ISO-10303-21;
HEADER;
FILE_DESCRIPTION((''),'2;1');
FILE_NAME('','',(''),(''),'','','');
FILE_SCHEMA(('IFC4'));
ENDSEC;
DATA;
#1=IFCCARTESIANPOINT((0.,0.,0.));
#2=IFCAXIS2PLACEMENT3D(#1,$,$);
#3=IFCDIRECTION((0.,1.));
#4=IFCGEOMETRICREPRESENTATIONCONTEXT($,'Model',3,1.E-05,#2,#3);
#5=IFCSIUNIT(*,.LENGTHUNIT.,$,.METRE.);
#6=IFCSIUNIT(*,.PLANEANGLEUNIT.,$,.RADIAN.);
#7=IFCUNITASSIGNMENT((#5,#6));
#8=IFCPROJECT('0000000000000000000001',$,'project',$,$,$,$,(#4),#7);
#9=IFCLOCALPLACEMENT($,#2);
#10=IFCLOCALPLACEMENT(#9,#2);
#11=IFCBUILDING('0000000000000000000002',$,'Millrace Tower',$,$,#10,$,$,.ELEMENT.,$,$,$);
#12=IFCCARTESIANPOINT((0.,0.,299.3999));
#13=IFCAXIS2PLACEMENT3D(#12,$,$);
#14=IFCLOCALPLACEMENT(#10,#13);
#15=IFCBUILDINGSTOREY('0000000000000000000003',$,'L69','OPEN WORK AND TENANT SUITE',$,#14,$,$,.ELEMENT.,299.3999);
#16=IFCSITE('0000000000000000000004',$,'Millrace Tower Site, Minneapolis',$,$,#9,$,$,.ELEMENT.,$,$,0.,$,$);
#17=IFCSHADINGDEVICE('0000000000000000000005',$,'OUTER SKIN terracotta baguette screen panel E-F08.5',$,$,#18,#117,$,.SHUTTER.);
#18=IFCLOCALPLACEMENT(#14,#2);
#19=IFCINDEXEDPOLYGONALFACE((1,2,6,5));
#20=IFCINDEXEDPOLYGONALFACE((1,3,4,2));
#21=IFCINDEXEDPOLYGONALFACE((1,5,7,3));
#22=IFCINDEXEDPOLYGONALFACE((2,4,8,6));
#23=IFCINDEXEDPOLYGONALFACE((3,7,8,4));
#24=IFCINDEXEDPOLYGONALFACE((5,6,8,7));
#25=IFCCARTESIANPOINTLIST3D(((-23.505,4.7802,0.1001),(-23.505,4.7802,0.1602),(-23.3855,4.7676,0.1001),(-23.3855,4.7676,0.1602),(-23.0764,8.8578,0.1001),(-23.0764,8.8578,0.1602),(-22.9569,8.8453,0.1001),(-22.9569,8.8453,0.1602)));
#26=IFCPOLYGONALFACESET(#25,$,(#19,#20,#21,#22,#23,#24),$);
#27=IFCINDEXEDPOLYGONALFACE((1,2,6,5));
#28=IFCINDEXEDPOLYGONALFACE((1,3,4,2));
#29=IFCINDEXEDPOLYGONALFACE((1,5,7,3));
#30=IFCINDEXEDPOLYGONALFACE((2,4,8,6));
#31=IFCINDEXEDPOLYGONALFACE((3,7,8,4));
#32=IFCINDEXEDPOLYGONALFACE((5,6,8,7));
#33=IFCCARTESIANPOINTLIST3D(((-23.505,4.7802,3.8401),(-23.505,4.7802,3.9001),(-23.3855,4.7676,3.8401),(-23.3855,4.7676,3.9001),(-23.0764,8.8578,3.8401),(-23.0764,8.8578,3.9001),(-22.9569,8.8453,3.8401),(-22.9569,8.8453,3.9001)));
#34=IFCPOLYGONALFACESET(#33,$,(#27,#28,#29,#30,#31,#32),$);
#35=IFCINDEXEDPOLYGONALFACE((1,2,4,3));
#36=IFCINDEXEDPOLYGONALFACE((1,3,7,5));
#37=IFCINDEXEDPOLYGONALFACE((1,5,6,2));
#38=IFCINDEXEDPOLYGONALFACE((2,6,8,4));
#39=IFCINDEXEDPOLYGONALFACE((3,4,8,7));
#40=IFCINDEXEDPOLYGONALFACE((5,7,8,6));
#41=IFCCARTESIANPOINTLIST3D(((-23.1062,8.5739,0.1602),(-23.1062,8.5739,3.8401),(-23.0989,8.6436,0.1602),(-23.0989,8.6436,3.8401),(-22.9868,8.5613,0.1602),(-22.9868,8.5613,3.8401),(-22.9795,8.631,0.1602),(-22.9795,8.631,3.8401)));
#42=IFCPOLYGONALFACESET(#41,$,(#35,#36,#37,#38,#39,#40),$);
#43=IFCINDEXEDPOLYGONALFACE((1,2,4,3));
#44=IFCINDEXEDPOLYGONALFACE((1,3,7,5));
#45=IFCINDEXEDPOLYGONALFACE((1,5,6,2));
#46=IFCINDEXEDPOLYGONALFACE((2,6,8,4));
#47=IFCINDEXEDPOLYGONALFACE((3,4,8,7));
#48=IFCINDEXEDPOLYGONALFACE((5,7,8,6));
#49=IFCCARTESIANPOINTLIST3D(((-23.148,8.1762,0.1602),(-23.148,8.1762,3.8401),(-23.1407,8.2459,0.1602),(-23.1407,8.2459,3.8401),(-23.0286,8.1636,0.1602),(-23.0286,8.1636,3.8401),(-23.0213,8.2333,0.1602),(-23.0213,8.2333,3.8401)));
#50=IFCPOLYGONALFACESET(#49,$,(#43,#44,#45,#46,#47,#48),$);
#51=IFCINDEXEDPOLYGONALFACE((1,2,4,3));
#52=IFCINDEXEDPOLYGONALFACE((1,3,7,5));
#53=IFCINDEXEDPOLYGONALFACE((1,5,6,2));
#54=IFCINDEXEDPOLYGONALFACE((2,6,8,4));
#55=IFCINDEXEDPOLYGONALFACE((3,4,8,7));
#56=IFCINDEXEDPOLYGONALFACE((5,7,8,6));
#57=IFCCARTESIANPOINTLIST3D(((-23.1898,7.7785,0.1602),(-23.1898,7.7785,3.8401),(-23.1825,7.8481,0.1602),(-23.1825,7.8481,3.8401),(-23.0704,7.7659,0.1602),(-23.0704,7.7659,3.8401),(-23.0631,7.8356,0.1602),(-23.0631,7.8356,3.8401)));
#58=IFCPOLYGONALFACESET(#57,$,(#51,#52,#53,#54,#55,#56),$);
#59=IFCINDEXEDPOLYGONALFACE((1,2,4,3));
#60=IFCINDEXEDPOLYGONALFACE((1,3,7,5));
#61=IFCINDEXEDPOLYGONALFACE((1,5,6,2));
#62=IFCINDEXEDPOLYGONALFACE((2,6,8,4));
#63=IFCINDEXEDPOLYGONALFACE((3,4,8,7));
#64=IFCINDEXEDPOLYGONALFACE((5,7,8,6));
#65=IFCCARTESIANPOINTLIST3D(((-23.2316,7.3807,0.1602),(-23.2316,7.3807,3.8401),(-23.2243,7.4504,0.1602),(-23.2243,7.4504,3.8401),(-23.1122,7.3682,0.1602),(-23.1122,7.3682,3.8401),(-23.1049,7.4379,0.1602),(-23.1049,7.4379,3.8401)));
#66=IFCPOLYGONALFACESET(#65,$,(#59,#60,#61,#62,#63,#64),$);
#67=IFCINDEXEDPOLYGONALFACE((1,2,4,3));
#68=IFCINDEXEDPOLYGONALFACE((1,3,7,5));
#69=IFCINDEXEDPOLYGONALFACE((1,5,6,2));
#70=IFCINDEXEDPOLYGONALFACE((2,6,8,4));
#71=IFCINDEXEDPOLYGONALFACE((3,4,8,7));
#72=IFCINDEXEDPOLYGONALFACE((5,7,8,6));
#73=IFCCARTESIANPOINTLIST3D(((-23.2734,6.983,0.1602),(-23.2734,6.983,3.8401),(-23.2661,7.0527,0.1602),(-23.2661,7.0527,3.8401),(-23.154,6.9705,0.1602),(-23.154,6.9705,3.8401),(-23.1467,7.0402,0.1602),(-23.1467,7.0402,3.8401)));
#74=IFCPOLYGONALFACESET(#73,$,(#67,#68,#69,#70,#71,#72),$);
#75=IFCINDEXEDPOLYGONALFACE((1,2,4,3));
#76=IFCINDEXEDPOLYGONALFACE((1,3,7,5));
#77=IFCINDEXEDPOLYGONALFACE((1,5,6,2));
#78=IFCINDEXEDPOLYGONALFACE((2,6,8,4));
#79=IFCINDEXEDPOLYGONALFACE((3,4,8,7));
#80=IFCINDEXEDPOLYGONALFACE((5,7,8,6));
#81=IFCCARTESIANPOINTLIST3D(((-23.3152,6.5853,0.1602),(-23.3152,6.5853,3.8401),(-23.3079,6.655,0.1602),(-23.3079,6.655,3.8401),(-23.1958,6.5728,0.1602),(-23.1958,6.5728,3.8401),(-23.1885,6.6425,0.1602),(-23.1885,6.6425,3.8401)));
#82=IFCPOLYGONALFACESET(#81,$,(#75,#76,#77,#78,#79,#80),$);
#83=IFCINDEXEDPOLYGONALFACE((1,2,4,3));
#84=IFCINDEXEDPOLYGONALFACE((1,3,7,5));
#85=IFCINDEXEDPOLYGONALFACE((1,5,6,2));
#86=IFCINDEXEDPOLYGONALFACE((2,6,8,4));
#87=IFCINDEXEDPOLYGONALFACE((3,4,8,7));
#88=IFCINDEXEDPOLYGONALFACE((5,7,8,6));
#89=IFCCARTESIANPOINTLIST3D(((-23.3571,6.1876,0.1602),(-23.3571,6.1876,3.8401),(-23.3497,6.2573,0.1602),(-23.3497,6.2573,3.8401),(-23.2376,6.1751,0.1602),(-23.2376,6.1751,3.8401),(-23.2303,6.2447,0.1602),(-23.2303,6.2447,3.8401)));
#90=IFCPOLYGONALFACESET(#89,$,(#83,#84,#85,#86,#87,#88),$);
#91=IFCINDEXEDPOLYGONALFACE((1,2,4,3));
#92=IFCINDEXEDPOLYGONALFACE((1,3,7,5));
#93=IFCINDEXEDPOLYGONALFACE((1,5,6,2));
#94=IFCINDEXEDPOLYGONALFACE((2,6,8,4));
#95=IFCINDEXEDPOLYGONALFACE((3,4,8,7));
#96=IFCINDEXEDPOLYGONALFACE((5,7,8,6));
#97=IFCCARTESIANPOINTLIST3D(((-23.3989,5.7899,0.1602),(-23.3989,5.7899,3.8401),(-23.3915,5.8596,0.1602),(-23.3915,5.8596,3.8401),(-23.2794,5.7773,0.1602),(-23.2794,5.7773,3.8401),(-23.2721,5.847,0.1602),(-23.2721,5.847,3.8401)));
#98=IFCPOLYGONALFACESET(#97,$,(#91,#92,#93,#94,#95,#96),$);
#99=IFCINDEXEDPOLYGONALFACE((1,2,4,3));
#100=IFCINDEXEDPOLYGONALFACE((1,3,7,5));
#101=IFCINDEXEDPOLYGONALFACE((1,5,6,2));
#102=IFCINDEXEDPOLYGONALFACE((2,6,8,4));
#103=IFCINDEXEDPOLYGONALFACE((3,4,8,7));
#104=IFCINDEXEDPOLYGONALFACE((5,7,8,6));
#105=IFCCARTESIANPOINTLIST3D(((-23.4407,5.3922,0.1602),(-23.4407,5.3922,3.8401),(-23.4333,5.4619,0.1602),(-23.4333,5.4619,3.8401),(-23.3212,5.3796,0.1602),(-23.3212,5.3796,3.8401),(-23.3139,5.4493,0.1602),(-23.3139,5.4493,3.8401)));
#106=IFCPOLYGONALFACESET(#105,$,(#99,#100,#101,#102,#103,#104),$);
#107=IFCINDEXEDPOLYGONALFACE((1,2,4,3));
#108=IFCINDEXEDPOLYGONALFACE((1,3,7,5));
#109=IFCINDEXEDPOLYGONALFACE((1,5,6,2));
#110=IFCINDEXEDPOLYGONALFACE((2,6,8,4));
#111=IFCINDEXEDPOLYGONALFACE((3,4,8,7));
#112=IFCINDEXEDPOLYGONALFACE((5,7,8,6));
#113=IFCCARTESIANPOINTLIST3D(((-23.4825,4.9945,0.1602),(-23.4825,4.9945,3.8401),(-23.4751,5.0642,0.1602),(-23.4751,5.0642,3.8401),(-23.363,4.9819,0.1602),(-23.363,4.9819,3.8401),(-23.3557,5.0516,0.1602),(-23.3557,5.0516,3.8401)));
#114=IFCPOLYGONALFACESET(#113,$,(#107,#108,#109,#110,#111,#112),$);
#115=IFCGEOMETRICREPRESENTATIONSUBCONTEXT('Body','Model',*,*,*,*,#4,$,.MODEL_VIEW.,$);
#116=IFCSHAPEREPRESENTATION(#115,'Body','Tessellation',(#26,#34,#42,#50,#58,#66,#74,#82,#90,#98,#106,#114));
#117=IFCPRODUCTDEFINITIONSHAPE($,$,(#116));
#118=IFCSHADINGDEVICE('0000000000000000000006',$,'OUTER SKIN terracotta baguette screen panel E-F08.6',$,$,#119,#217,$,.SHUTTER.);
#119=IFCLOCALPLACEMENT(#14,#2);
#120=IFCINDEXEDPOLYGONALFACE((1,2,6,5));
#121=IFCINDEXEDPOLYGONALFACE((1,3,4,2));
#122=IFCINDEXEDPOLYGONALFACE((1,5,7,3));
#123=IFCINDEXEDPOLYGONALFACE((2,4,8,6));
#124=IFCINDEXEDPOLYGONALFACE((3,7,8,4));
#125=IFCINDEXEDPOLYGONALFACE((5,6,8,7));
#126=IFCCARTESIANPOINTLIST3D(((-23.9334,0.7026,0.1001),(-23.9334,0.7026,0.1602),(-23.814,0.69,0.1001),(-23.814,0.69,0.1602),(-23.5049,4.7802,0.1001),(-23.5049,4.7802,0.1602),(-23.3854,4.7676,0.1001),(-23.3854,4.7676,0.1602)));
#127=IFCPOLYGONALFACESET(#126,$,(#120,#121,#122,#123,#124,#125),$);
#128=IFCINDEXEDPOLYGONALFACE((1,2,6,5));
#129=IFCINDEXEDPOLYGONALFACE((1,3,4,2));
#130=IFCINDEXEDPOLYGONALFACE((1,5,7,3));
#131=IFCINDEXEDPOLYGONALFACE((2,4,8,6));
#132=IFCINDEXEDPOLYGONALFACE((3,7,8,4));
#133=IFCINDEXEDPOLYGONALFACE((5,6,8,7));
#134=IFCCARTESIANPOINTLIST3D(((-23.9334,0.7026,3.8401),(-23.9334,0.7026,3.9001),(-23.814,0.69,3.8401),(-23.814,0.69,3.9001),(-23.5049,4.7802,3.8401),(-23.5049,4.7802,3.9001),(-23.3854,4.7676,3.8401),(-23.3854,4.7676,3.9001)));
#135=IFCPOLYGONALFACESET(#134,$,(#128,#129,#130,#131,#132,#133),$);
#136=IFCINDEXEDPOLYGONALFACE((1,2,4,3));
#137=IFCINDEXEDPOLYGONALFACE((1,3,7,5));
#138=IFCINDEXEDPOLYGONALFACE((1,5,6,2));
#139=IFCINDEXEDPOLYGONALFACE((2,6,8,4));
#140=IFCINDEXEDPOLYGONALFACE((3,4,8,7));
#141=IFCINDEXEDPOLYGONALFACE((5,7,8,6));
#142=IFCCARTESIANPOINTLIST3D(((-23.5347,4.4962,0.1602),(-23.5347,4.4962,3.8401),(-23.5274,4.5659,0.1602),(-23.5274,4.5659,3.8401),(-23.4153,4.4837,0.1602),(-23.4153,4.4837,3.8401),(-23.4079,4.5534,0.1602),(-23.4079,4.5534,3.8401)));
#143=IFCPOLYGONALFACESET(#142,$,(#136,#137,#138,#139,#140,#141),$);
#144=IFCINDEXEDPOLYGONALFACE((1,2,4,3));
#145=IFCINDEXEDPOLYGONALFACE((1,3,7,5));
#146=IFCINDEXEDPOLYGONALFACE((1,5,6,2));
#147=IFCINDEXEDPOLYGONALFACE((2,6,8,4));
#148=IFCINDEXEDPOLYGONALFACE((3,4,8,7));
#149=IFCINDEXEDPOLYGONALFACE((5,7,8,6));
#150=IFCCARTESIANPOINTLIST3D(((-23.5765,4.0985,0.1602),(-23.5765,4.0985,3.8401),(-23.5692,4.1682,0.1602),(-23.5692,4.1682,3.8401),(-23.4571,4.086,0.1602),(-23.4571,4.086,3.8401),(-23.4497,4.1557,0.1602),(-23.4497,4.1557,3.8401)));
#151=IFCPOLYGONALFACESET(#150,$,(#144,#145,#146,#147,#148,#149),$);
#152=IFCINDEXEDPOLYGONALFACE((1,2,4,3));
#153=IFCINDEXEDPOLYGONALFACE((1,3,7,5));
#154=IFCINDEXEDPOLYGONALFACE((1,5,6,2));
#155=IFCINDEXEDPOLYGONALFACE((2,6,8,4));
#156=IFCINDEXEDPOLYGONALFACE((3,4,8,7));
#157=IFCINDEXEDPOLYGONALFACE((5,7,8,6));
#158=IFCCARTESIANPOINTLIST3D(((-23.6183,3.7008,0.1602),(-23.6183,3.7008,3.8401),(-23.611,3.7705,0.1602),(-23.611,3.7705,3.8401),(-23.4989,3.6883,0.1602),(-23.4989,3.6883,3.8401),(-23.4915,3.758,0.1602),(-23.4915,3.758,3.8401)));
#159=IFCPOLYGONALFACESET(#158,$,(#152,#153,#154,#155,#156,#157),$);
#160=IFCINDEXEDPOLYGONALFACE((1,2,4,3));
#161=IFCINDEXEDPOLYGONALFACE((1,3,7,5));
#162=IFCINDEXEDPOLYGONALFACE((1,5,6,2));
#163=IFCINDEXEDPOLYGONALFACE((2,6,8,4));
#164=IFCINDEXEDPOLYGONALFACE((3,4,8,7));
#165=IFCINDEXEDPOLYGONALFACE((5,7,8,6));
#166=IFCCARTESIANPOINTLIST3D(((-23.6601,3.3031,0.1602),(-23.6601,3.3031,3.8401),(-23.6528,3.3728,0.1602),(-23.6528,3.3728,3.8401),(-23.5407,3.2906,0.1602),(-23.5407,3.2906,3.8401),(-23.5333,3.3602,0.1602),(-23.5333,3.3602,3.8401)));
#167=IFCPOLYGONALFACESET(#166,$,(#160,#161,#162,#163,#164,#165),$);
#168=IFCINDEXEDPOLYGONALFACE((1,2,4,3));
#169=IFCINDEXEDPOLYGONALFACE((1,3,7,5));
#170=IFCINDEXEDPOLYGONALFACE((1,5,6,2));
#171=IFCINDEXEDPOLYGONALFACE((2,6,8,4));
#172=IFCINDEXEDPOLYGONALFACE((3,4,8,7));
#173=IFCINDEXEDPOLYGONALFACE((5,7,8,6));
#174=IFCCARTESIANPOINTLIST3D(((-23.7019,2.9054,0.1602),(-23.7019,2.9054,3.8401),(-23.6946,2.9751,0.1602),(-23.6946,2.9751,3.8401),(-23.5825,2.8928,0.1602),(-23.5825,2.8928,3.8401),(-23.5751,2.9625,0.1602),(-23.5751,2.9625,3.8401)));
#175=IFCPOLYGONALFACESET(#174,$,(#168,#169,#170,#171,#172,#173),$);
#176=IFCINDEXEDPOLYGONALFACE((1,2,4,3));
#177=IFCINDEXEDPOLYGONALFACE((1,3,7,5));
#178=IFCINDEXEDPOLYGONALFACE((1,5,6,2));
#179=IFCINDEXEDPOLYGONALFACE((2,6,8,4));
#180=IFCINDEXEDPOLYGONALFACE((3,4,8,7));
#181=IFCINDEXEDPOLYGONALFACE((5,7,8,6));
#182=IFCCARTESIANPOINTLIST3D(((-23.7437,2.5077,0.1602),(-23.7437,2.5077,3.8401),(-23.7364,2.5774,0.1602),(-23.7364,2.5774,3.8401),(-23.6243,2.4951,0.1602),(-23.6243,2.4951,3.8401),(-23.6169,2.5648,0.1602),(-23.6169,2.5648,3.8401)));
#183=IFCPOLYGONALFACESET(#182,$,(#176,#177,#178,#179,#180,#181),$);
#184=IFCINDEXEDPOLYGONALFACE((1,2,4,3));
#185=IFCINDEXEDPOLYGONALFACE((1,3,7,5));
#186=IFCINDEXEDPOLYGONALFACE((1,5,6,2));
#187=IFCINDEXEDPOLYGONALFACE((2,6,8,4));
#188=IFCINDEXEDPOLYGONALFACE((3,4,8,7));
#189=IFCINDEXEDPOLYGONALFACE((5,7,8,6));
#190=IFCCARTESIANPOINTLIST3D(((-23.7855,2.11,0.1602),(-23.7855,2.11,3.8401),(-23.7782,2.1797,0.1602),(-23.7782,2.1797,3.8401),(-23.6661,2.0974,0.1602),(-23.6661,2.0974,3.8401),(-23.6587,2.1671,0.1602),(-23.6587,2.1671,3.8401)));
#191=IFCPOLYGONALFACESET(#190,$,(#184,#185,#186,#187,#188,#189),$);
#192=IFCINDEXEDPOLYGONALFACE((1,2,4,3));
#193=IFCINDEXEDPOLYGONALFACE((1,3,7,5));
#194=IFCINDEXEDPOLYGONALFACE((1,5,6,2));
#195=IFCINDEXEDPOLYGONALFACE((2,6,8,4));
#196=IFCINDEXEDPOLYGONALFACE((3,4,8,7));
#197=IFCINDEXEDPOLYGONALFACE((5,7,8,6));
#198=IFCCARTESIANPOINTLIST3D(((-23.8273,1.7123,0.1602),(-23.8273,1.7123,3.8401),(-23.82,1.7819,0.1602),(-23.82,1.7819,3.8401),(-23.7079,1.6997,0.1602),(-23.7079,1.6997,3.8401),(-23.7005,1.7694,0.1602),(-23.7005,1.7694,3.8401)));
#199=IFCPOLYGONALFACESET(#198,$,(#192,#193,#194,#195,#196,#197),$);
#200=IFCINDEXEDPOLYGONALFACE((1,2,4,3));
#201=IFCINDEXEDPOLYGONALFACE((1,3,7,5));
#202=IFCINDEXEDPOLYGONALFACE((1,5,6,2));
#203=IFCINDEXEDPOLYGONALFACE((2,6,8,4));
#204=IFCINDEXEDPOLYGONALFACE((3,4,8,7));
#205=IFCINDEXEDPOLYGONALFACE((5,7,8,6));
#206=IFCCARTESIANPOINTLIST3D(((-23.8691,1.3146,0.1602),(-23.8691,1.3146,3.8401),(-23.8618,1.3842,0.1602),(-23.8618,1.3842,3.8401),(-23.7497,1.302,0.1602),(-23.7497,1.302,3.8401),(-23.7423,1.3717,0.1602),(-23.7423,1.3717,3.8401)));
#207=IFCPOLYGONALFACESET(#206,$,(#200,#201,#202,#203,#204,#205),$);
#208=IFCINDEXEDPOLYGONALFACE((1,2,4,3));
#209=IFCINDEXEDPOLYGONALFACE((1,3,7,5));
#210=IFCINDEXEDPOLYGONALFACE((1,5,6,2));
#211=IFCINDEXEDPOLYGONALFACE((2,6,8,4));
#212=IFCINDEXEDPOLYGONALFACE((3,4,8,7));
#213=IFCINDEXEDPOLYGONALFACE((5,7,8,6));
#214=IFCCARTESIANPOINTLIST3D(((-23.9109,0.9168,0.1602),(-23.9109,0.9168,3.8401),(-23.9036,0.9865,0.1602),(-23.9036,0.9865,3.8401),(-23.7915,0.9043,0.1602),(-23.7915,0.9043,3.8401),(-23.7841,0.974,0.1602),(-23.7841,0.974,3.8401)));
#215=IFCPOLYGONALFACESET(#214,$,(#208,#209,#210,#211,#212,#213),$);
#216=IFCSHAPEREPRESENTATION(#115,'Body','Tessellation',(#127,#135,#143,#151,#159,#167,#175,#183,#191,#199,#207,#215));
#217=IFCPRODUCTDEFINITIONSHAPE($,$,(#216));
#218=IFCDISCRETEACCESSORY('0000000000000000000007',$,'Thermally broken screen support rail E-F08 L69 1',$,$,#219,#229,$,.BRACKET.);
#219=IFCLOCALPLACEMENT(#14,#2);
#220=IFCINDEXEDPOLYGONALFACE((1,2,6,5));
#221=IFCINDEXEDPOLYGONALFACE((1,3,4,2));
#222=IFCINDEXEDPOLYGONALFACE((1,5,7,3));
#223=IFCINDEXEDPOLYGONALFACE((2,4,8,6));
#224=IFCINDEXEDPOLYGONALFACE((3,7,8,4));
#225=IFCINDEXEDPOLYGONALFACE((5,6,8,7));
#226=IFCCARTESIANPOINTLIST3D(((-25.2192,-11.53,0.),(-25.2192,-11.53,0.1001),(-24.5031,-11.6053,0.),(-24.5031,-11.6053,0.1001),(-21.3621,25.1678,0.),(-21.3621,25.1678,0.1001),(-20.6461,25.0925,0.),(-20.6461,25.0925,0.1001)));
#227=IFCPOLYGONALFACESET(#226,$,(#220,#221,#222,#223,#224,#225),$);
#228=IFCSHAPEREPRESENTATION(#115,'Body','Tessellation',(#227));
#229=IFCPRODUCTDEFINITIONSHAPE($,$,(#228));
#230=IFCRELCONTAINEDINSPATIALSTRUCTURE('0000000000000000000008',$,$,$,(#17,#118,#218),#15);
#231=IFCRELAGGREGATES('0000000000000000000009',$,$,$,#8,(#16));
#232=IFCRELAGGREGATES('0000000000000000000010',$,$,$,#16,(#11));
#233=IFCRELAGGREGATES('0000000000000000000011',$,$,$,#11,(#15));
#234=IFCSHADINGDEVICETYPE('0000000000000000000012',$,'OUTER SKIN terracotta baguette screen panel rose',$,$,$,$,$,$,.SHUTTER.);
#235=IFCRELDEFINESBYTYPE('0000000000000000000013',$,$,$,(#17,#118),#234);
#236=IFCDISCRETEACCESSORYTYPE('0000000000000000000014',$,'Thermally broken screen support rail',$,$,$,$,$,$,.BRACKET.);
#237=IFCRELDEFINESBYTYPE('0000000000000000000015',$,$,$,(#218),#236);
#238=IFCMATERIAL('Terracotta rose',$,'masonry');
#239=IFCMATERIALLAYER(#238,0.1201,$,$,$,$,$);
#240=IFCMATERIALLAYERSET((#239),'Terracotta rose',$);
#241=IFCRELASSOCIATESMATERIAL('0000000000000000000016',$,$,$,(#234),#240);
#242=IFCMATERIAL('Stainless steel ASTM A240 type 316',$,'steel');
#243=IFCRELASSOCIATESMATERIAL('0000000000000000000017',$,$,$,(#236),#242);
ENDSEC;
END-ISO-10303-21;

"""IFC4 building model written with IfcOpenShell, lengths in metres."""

from ifc_helpers import new_model, entity, si_unit, direction, frame, frame_2d, origin, origin_2d, place, context, subcontext, project, spatial, rectangle, extrude, source, transform, mapped, material, layer, layer_set, type_object, element, save


model = new_model("IFC4")

# Units and contexts
model_context = context("Model", 3, precision=1e-05, world=origin(), true_north=direction((0.0, 1.0)))
body_context = subcontext(model_context, "Body", "Model", "MODEL_VIEW")
ifc_project = project(units=[si_unit("LENGTHUNIT", "METRE"), si_unit("PLANEANGLEUNIT", "RADIAN")], contexts=[model_context])

# Site, building, storey
site_placement = place(None, origin())
site = spatial("IfcSite", under=ifc_project, at=site_placement, Name="Millrace Tower Site, Minneapolis", CompositionType="ELEMENT", RefElevation=0.0)
building_placement = place(site_placement, origin())
building = spatial("IfcBuilding", under=site, at=building_placement, Name="Millrace Tower", CompositionType="ELEMENT")
storey_placement = place(building_placement, frame((0.0, 0.0, 299.3999)))
storey = spatial("IfcBuildingStorey", under=building, at=storey_placement, Name="L69", Description="OPEN WORK AND TENANT SUITE", CompositionType="ELEMENT", Elevation=299.3999)

# Shading devices
ifc_material_1 = material(Name="Terracotta rose", Category="masonry")
ifc_layer_1 = layer(ifc_material_1, 0.1201)
ifc_layer_set_1 = layer_set([ifc_layer_1], Name="Terracotta rose")
shading_device_type = type_object("IfcShadingDeviceType", Name="OUTER SKIN terracotta baguette screen panel rose", PredefinedType="SHUTTER", material=ifc_layer_set_1)
cartesian_point = entity("IfcCartesianPoint", [-2.05, 0.0601])
shared_polyline = entity("IfcPolyline", [cartesian_point, entity("IfcCartesianPoint", [2.05, 0.0601]), entity("IfcCartesianPoint", [2.05, -0.0601]), entity("IfcCartesianPoint", [-2.05, -0.0601]), cartesian_point])
shared_shape = source(origin(), body_context, "Body", "SweptSolid", [
    entity("IfcExtrudedAreaSolid", entity("IfcArbitraryClosedProfileDef", "AREA", None, shared_polyline), entity("IfcAxis2Placement3D", entity("IfcCartesianPoint", [0.0, 0.0, 0.0])), entity("IfcDirection", [0.0, 0.0, 1.0]), 0.0601),
    entity("IfcExtrudedAreaSolid", entity("IfcArbitraryClosedProfileDef", "AREA", None, shared_polyline), entity("IfcAxis2Placement3D", entity("IfcCartesianPoint", [0.0, 0.0, 3.74])), entity("IfcDirection", [0.0, 0.0, 1.0]), 0.0601),
    extrude(rectangle(XDim=0.0701, YDim=0.1201, at=frame_2d((-1.7996, 0.0))), frame((0.0, 0.0, 0.0601)), (0.0, 0.0, 1.0), 3.6799),
    extrude(rectangle(XDim=0.0701, YDim=0.1201, at=frame_2d((-1.3997, 0.0))), frame((0.0, 0.0, 0.0601)), (0.0, 0.0, 1.0), 3.6799),
    extrude(rectangle(XDim=0.0701, YDim=0.1201, at=frame_2d((-0.9998, 0.0))), frame((0.0, 0.0, 0.0601)), (0.0, 0.0, 1.0), 3.6799),
    extrude(rectangle(XDim=0.0701, YDim=0.1201, at=frame_2d((-0.5999, 0.0))), frame((0.0, 0.0, 0.0601)), (0.0, 0.0, 1.0), 3.6799),
    extrude(rectangle(XDim=0.0701, YDim=0.1201, at=frame_2d((-0.2, 0.0))), frame((0.0, 0.0, 0.0601)), (0.0, 0.0, 1.0), 3.6799),
    extrude(rectangle(XDim=0.0701, YDim=0.1201, at=frame_2d((0.2, 0.0))), frame((0.0, 0.0, 0.0601)), (0.0, 0.0, 1.0), 3.6799),
    extrude(rectangle(XDim=0.0701, YDim=0.1201, at=frame_2d((0.5999, 0.0))), frame((0.0, 0.0, 0.0601)), (0.0, 0.0, 1.0), 3.6799),
    extrude(rectangle(XDim=0.0701, YDim=0.1201, at=frame_2d((0.9998, 0.0))), frame((0.0, 0.0, 0.0601)), (0.0, 0.0, 1.0), 3.6799),
    extrude(rectangle(XDim=0.0701, YDim=0.1201, at=frame_2d((1.3997, 0.0))), frame((0.0, 0.0, 0.0601)), (0.0, 0.0, 1.0), 3.6799),
    extrude(rectangle(XDim=0.0701, YDim=0.1201, at=frame_2d((1.7996, 0.0))), frame((0.0, 0.0, 0.0601)), (0.0, 0.0, 1.0), 3.6799),
])
for number, where, z_axis, x_axis, name in (
    (1, (-23.231, 6.8127, 0.1001), (0.0, 0.0, 1.0), (-0.104528, -0.994522, 0.0), "OUTER SKIN terracotta baguette screen panel E-F08.5"),
    (2, (-23.6594, 2.7351, 0.1001), (0.0, 0.0, 1.0), (-0.104528, -0.994522, 0.0), "OUTER SKIN terracotta baguette screen panel E-F08.6"),
):
    element("IfcShadingDevice", number, at=place(storey_placement, frame(where, z_axis=z_axis, x_axis=x_axis)), inside=storey, type_object=shading_device_type, Name=name, PredefinedType="SHUTTER", context=body_context, shape_type="MappedRepresentation", body=[
        mapped(shared_shape, transform((0.0, 0.0, 0.0), scale=1.0)),
    ])

# Discrete accessory
ifc_material_2 = material(Name="Stainless steel ASTM A240 type 316", Category="steel")
discrete_accessory_type = type_object("IfcDiscreteAccessoryType", Name="Thermally broken screen support rail", PredefinedType="BRACKET", material=ifc_material_2)
discrete_accessory_placement = place(storey_placement, frame((-22.9326, 6.7812, 0.0), z_axis=(0.0, 0.0, 1.0), x_axis=(-0.104528, -0.994522, 0.0)))
element("IfcDiscreteAccessory", 3, at=discrete_accessory_placement, inside=storey, type_object=discrete_accessory_type, Name="Thermally broken screen support rail E-F08 L69 1", PredefinedType="BRACKET", context=body_context, shape_type="SweptSolid", body=[
    extrude(rectangle(XDim=36.8999, YDim=0.72, at=origin_2d()), origin(), (0.0, 0.0, 1.0), 0.1001),
])

save(model, "model.ifc")
